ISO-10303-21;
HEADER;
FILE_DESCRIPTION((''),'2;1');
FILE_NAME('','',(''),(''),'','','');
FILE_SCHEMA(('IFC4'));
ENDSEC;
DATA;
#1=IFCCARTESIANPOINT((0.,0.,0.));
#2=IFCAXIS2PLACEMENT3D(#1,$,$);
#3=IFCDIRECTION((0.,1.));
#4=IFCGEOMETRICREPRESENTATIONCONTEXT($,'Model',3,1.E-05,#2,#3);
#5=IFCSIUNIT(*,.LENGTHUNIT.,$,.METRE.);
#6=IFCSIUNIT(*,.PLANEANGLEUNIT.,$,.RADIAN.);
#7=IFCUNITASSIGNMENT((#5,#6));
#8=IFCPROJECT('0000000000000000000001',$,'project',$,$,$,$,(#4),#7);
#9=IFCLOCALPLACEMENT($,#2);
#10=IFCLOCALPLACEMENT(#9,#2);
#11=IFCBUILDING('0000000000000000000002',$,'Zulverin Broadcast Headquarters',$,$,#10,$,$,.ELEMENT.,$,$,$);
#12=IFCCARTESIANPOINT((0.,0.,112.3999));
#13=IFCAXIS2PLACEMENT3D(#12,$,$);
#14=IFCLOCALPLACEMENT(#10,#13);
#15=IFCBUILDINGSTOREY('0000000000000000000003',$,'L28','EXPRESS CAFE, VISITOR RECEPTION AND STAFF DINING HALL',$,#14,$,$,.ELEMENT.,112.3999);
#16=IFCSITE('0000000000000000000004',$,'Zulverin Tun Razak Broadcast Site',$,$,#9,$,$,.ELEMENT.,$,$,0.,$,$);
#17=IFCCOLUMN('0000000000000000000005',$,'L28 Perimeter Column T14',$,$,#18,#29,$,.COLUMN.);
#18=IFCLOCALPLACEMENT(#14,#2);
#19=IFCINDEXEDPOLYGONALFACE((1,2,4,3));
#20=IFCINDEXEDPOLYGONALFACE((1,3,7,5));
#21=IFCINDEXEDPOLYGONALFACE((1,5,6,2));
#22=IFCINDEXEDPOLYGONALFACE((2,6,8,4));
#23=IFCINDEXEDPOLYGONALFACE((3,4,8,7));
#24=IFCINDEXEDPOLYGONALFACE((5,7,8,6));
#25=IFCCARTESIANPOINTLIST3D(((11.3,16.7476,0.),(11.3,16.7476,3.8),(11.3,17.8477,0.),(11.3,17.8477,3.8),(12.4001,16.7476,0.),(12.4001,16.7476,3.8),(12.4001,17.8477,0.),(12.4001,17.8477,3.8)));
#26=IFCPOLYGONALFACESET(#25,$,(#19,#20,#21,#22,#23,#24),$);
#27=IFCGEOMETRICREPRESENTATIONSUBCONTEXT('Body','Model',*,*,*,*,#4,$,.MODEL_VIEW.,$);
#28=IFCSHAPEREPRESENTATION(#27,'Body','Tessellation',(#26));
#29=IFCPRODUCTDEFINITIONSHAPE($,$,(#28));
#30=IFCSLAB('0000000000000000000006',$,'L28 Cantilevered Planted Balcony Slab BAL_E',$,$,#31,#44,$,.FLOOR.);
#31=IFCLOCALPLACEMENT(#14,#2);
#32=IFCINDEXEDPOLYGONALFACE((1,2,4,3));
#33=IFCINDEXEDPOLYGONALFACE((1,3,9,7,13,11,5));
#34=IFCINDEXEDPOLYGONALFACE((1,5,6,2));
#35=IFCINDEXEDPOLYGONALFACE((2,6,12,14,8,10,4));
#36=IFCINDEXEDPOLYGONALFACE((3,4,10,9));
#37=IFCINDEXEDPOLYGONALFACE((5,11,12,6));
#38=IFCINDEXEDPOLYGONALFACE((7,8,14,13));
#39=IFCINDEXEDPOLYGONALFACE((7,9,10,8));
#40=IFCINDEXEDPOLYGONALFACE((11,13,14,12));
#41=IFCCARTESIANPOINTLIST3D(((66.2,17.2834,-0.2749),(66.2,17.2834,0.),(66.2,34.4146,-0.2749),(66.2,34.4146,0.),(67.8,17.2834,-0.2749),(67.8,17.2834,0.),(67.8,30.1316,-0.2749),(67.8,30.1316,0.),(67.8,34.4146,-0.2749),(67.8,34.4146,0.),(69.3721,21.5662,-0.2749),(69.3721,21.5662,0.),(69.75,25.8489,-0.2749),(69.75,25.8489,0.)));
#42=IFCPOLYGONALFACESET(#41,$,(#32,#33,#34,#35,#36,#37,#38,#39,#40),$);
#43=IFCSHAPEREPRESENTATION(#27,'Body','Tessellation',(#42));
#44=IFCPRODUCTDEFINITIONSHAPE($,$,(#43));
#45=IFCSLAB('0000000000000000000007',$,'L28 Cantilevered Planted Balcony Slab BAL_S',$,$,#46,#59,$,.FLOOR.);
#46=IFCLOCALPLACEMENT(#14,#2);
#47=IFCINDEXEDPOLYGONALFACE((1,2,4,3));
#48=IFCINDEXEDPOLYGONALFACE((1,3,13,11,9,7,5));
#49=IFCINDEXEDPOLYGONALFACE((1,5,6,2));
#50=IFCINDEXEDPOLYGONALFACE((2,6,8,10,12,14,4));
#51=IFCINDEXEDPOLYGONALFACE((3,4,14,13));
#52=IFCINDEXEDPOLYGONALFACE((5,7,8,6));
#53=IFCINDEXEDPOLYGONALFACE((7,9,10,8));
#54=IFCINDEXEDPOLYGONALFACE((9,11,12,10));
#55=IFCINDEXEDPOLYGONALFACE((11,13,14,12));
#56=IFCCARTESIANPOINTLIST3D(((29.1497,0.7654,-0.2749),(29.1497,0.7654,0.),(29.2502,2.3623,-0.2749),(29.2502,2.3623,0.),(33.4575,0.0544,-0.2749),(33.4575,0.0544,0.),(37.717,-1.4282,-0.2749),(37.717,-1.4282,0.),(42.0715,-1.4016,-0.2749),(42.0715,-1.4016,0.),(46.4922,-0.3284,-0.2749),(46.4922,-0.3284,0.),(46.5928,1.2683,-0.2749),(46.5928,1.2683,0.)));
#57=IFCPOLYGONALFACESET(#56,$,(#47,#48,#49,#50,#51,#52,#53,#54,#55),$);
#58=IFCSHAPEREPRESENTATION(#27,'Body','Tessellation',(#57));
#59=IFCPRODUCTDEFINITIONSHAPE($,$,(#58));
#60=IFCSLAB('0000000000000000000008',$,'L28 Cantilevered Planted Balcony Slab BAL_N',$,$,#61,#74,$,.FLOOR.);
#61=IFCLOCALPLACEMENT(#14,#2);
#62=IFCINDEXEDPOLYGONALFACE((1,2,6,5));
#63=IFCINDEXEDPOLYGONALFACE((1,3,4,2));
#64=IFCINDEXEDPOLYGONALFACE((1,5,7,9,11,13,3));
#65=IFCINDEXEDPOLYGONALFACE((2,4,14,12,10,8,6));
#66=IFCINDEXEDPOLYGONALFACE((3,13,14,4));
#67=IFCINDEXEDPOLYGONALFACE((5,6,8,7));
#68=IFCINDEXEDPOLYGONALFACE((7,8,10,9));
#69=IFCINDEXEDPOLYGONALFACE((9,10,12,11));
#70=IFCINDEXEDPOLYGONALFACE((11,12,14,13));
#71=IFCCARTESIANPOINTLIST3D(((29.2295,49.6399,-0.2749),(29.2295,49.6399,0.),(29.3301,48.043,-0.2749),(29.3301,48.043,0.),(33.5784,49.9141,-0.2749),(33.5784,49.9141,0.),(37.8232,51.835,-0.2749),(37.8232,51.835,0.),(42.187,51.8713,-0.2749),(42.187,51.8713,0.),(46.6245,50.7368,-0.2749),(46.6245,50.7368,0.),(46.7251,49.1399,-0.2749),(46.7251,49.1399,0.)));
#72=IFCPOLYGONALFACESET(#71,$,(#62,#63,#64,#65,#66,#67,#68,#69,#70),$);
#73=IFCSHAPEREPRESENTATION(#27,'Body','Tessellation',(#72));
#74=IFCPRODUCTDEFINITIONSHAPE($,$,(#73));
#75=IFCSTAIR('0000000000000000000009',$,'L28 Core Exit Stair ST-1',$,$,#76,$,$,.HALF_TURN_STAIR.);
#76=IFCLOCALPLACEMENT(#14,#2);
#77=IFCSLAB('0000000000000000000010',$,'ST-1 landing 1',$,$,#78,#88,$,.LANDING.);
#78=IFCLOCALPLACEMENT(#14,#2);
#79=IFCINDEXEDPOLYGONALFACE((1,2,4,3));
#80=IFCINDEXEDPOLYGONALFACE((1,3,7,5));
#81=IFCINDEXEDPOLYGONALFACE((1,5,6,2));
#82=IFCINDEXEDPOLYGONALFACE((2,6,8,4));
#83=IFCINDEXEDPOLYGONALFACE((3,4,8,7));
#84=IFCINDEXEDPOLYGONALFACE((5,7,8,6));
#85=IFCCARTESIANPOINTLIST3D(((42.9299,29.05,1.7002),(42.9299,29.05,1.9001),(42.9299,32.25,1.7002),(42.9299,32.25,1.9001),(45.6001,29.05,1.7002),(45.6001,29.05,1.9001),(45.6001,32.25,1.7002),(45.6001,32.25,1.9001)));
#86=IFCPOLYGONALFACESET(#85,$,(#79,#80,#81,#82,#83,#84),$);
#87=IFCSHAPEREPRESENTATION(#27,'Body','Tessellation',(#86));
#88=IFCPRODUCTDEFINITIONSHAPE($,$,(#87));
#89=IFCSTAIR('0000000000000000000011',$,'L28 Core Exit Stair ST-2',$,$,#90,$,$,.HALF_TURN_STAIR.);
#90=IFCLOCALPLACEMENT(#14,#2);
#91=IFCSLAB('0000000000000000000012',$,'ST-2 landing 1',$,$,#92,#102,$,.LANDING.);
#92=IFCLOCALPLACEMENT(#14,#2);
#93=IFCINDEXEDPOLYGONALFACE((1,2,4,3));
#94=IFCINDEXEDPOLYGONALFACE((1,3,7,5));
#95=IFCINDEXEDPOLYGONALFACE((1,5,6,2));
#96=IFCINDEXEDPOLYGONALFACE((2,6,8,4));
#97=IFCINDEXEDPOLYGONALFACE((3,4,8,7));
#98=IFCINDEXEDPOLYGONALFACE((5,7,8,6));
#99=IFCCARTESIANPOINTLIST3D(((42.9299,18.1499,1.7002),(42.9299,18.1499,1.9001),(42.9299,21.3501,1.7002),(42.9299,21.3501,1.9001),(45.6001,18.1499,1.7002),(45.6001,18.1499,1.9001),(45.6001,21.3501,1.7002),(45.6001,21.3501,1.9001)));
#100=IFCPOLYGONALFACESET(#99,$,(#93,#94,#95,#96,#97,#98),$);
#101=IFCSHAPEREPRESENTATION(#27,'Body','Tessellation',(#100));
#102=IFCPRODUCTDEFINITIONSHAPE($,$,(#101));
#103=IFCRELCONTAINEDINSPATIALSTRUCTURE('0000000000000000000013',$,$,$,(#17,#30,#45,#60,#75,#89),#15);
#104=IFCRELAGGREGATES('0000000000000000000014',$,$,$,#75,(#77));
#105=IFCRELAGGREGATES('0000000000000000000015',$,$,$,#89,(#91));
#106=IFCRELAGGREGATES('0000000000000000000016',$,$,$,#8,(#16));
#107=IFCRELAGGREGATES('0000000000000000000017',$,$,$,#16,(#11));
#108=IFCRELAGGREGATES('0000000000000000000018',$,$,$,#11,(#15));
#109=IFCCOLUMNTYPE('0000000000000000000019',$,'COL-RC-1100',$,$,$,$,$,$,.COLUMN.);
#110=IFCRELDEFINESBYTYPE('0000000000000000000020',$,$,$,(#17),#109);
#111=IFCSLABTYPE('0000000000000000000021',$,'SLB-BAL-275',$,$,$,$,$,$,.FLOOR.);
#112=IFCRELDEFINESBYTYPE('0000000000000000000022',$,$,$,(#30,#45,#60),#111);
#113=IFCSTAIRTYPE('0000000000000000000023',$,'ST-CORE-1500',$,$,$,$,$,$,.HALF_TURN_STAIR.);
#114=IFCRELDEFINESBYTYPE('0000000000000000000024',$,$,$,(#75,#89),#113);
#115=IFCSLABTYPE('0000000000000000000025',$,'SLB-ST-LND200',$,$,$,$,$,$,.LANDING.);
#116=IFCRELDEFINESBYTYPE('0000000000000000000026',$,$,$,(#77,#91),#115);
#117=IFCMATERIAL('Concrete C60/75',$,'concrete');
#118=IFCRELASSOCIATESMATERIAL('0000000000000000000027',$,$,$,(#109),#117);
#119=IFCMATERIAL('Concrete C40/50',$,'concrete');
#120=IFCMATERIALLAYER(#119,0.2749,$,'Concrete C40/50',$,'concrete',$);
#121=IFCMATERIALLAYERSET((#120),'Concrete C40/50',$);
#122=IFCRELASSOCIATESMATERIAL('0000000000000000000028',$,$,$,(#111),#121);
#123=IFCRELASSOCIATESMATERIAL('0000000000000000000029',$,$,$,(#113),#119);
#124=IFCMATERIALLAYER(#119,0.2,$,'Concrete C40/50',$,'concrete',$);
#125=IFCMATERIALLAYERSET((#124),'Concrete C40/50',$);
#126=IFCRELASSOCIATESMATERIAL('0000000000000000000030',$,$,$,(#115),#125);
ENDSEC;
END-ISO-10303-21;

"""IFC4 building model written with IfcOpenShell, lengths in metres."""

from ifc_helpers import new_model, si_unit, direction, frame, origin, origin_2d, place, context, subcontext, project, spatial, polyline, rectangle, outline, extrude, material, layer, layer_set, material_profile, profile_set, type_object, element, aggregate, save


model = new_model("IFC4")

# Units and contexts
model_context = context("Model", 3, precision=1e-05, world=origin(), true_north=direction((0.0, 1.0)))
body_context = subcontext(model_context, "Body", "Model", "MODEL_VIEW")
ifc_project = project(units=[si_unit("LENGTHUNIT", "METRE"), si_unit("PLANEANGLEUNIT", "RADIAN")], contexts=[model_context])

# Site, building, storey
site_placement = place(None, origin())
site = spatial("IfcSite", under=ifc_project, at=site_placement, Name="Zulverin Tun Razak Broadcast Site", CompositionType="ELEMENT", RefElevation=0.0)
building_placement = place(site_placement, origin())
building = spatial("IfcBuilding", under=site, at=building_placement, Name="Zulverin Broadcast Headquarters", CompositionType="ELEMENT")
storey_placement = place(building_placement, frame((0.0, 0.0, 112.3999)))
storey = spatial("IfcBuildingStorey", under=building, at=storey_placement, Name="L28", Description="EXPRESS CAFE, VISITOR RECEPTION AND STAFF DINING HALL", CompositionType="ELEMENT", Elevation=112.3999)

# Column
ifc_material_1 = material(Name="Concrete C60/75", Category="concrete")
ifc_material_profile = material_profile(ifc_material_1, rectangle(XDim=1.1001, YDim=1.1001, at=origin_2d()), Name="Concrete C60/75", Category="concrete")
ifc_profile_set = profile_set([ifc_material_profile], Name="Concrete C60/75")
column_type = type_object("IfcColumnType", Name="COL-RC-1100", PredefinedType="COLUMN", material=ifc_profile_set)
column_placement = place(storey_placement, frame((11.8501, 17.2976, 0.0), z_axis=(0.0, 0.0, 1.0), x_axis=(1.0, 0.0, 0.0)))
element("IfcColumn", 1, at=column_placement, inside=storey, type_object=column_type, Name="L28 Perimeter Column T14", PredefinedType="COLUMN", context=body_context, shape_type="SweptSolid", body=[
    extrude(rectangle(XDim=1.1001, YDim=1.1001, at=origin_2d()), origin(), (0.0, 0.0, 1.0), 3.8),
])

# Slabs
ifc_material_2 = material(Name="Concrete C40/50", Category="concrete")
ifc_layer_1 = layer(ifc_material_2, 0.2749, Name="Concrete C40/50", Category="concrete")
ifc_layer_set_1 = layer_set([ifc_layer_1], Name="Concrete C40/50")
slab_type_1 = type_object("IfcSlabType", Name="SLB-BAL-275", PredefinedType="FLOOR", material=ifc_layer_set_1)
slab_1_placement = place(storey_placement, frame((0.0, 0.0, -0.2749)))
element("IfcSlab", 2, at=slab_1_placement, inside=storey, type_object=slab_type_1, Name="L28 Cantilevered Planted Balcony Slab BAL_E", PredefinedType="FLOOR", context=body_context, shape_type="SweptSolid", body=[
    extrude(outline(polyline([(66.2, 34.4146), (66.2, 17.2834), (67.8, 17.2834), (69.3721, 21.5662), (69.75, 25.8489), (67.8, 30.1316), (67.8, 34.4146), (66.2, 34.4146)])), origin(), (0.0, 0.0, 1.0), 0.2749),
])
slab_2_placement = place(storey_placement, frame((0.0, 0.0, -0.2749)))
element("IfcSlab", 3, at=slab_2_placement, inside=storey, type_object=slab_type_1, Name="L28 Cantilevered Planted Balcony Slab BAL_S", PredefinedType="FLOOR", context=body_context, shape_type="SweptSolid", body=[
    extrude(outline(polyline([(46.5928, 1.2683), (29.2502, 2.3623), (29.1497, 0.7654), (33.4575, 0.0544), (37.717, -1.4282), (42.0715, -1.4016), (46.4922, -0.3284), (46.5928, 1.2683)])), origin(), (0.0, 0.0, 1.0), 0.2749),
])
slab_3_placement = place(storey_placement, frame((0.0, 0.0, -0.2749)))
element("IfcSlab", 4, at=slab_3_placement, inside=storey, type_object=slab_type_1, Name="L28 Cantilevered Planted Balcony Slab BAL_N", PredefinedType="FLOOR", context=body_context, shape_type="SweptSolid", body=[
    extrude(outline(polyline([(29.3301, 48.043), (46.7251, 49.1399), (46.6245, 50.7368), (42.187, 51.8713), (37.8232, 51.835), (33.5784, 49.9141), (29.2295, 49.6399), (29.3301, 48.043)])), origin(), (0.0, 0.0, 1.0), 0.2749),
])

# Stairs, slabs
stair_type = type_object("IfcStairType", Name="ST-CORE-1500", PredefinedType="HALF_TURN_STAIR", material=ifc_material_2)
stair_1_placement = place(storey_placement, origin())
stair_1 = element("IfcStair", 5, at=stair_1_placement, inside=storey, type_object=stair_type, Name="L28 Core Exit Stair ST-1", PredefinedType="HALF_TURN_STAIR")
ifc_layer_2 = layer(ifc_material_2, 0.2, Name="Concrete C40/50", Category="concrete")
ifc_layer_set_2 = layer_set([ifc_layer_2], Name="Concrete C40/50")
slab_type_2 = type_object("IfcSlabType", Name="SLB-ST-LND200", PredefinedType="LANDING", material=ifc_layer_set_2)
slab_4_placement = place(storey_placement, frame((0.0, 0.0, 1.7002)))
slab_4 = element("IfcSlab", 6, at=slab_4_placement, type_object=slab_type_2, Name="ST-1 landing 1", PredefinedType="LANDING", context=body_context, shape_type="SweptSolid", body=[
    extrude(outline(polyline([(42.9299, 29.05), (45.6001, 29.05), (45.6001, 32.25), (42.9299, 32.25), (42.9299, 29.05)])), origin(), (0.0, 0.0, 1.0), 0.2),
])
aggregate(stair_1, [slab_4])
stair_2_placement = place(storey_placement, origin())
stair_2 = element("IfcStair", 7, at=stair_2_placement, inside=storey, type_object=stair_type, Name="L28 Core Exit Stair ST-2", PredefinedType="HALF_TURN_STAIR")
slab_5_placement = place(storey_placement, frame((0.0, 0.0, 1.7002)))
slab_5 = element("IfcSlab", 8, at=slab_5_placement, type_object=slab_type_2, Name="ST-2 landing 1", PredefinedType="LANDING", context=body_context, shape_type="SweptSolid", body=[
    extrude(outline(polyline([(42.9299, 18.1499), (45.6001, 18.1499), (45.6001, 21.3501), (42.9299, 21.3501), (42.9299, 18.1499)])), origin(), (0.0, 0.0, 1.0), 0.2),
])
aggregate(stair_2, [slab_5])

save(model, "model.ifc")
